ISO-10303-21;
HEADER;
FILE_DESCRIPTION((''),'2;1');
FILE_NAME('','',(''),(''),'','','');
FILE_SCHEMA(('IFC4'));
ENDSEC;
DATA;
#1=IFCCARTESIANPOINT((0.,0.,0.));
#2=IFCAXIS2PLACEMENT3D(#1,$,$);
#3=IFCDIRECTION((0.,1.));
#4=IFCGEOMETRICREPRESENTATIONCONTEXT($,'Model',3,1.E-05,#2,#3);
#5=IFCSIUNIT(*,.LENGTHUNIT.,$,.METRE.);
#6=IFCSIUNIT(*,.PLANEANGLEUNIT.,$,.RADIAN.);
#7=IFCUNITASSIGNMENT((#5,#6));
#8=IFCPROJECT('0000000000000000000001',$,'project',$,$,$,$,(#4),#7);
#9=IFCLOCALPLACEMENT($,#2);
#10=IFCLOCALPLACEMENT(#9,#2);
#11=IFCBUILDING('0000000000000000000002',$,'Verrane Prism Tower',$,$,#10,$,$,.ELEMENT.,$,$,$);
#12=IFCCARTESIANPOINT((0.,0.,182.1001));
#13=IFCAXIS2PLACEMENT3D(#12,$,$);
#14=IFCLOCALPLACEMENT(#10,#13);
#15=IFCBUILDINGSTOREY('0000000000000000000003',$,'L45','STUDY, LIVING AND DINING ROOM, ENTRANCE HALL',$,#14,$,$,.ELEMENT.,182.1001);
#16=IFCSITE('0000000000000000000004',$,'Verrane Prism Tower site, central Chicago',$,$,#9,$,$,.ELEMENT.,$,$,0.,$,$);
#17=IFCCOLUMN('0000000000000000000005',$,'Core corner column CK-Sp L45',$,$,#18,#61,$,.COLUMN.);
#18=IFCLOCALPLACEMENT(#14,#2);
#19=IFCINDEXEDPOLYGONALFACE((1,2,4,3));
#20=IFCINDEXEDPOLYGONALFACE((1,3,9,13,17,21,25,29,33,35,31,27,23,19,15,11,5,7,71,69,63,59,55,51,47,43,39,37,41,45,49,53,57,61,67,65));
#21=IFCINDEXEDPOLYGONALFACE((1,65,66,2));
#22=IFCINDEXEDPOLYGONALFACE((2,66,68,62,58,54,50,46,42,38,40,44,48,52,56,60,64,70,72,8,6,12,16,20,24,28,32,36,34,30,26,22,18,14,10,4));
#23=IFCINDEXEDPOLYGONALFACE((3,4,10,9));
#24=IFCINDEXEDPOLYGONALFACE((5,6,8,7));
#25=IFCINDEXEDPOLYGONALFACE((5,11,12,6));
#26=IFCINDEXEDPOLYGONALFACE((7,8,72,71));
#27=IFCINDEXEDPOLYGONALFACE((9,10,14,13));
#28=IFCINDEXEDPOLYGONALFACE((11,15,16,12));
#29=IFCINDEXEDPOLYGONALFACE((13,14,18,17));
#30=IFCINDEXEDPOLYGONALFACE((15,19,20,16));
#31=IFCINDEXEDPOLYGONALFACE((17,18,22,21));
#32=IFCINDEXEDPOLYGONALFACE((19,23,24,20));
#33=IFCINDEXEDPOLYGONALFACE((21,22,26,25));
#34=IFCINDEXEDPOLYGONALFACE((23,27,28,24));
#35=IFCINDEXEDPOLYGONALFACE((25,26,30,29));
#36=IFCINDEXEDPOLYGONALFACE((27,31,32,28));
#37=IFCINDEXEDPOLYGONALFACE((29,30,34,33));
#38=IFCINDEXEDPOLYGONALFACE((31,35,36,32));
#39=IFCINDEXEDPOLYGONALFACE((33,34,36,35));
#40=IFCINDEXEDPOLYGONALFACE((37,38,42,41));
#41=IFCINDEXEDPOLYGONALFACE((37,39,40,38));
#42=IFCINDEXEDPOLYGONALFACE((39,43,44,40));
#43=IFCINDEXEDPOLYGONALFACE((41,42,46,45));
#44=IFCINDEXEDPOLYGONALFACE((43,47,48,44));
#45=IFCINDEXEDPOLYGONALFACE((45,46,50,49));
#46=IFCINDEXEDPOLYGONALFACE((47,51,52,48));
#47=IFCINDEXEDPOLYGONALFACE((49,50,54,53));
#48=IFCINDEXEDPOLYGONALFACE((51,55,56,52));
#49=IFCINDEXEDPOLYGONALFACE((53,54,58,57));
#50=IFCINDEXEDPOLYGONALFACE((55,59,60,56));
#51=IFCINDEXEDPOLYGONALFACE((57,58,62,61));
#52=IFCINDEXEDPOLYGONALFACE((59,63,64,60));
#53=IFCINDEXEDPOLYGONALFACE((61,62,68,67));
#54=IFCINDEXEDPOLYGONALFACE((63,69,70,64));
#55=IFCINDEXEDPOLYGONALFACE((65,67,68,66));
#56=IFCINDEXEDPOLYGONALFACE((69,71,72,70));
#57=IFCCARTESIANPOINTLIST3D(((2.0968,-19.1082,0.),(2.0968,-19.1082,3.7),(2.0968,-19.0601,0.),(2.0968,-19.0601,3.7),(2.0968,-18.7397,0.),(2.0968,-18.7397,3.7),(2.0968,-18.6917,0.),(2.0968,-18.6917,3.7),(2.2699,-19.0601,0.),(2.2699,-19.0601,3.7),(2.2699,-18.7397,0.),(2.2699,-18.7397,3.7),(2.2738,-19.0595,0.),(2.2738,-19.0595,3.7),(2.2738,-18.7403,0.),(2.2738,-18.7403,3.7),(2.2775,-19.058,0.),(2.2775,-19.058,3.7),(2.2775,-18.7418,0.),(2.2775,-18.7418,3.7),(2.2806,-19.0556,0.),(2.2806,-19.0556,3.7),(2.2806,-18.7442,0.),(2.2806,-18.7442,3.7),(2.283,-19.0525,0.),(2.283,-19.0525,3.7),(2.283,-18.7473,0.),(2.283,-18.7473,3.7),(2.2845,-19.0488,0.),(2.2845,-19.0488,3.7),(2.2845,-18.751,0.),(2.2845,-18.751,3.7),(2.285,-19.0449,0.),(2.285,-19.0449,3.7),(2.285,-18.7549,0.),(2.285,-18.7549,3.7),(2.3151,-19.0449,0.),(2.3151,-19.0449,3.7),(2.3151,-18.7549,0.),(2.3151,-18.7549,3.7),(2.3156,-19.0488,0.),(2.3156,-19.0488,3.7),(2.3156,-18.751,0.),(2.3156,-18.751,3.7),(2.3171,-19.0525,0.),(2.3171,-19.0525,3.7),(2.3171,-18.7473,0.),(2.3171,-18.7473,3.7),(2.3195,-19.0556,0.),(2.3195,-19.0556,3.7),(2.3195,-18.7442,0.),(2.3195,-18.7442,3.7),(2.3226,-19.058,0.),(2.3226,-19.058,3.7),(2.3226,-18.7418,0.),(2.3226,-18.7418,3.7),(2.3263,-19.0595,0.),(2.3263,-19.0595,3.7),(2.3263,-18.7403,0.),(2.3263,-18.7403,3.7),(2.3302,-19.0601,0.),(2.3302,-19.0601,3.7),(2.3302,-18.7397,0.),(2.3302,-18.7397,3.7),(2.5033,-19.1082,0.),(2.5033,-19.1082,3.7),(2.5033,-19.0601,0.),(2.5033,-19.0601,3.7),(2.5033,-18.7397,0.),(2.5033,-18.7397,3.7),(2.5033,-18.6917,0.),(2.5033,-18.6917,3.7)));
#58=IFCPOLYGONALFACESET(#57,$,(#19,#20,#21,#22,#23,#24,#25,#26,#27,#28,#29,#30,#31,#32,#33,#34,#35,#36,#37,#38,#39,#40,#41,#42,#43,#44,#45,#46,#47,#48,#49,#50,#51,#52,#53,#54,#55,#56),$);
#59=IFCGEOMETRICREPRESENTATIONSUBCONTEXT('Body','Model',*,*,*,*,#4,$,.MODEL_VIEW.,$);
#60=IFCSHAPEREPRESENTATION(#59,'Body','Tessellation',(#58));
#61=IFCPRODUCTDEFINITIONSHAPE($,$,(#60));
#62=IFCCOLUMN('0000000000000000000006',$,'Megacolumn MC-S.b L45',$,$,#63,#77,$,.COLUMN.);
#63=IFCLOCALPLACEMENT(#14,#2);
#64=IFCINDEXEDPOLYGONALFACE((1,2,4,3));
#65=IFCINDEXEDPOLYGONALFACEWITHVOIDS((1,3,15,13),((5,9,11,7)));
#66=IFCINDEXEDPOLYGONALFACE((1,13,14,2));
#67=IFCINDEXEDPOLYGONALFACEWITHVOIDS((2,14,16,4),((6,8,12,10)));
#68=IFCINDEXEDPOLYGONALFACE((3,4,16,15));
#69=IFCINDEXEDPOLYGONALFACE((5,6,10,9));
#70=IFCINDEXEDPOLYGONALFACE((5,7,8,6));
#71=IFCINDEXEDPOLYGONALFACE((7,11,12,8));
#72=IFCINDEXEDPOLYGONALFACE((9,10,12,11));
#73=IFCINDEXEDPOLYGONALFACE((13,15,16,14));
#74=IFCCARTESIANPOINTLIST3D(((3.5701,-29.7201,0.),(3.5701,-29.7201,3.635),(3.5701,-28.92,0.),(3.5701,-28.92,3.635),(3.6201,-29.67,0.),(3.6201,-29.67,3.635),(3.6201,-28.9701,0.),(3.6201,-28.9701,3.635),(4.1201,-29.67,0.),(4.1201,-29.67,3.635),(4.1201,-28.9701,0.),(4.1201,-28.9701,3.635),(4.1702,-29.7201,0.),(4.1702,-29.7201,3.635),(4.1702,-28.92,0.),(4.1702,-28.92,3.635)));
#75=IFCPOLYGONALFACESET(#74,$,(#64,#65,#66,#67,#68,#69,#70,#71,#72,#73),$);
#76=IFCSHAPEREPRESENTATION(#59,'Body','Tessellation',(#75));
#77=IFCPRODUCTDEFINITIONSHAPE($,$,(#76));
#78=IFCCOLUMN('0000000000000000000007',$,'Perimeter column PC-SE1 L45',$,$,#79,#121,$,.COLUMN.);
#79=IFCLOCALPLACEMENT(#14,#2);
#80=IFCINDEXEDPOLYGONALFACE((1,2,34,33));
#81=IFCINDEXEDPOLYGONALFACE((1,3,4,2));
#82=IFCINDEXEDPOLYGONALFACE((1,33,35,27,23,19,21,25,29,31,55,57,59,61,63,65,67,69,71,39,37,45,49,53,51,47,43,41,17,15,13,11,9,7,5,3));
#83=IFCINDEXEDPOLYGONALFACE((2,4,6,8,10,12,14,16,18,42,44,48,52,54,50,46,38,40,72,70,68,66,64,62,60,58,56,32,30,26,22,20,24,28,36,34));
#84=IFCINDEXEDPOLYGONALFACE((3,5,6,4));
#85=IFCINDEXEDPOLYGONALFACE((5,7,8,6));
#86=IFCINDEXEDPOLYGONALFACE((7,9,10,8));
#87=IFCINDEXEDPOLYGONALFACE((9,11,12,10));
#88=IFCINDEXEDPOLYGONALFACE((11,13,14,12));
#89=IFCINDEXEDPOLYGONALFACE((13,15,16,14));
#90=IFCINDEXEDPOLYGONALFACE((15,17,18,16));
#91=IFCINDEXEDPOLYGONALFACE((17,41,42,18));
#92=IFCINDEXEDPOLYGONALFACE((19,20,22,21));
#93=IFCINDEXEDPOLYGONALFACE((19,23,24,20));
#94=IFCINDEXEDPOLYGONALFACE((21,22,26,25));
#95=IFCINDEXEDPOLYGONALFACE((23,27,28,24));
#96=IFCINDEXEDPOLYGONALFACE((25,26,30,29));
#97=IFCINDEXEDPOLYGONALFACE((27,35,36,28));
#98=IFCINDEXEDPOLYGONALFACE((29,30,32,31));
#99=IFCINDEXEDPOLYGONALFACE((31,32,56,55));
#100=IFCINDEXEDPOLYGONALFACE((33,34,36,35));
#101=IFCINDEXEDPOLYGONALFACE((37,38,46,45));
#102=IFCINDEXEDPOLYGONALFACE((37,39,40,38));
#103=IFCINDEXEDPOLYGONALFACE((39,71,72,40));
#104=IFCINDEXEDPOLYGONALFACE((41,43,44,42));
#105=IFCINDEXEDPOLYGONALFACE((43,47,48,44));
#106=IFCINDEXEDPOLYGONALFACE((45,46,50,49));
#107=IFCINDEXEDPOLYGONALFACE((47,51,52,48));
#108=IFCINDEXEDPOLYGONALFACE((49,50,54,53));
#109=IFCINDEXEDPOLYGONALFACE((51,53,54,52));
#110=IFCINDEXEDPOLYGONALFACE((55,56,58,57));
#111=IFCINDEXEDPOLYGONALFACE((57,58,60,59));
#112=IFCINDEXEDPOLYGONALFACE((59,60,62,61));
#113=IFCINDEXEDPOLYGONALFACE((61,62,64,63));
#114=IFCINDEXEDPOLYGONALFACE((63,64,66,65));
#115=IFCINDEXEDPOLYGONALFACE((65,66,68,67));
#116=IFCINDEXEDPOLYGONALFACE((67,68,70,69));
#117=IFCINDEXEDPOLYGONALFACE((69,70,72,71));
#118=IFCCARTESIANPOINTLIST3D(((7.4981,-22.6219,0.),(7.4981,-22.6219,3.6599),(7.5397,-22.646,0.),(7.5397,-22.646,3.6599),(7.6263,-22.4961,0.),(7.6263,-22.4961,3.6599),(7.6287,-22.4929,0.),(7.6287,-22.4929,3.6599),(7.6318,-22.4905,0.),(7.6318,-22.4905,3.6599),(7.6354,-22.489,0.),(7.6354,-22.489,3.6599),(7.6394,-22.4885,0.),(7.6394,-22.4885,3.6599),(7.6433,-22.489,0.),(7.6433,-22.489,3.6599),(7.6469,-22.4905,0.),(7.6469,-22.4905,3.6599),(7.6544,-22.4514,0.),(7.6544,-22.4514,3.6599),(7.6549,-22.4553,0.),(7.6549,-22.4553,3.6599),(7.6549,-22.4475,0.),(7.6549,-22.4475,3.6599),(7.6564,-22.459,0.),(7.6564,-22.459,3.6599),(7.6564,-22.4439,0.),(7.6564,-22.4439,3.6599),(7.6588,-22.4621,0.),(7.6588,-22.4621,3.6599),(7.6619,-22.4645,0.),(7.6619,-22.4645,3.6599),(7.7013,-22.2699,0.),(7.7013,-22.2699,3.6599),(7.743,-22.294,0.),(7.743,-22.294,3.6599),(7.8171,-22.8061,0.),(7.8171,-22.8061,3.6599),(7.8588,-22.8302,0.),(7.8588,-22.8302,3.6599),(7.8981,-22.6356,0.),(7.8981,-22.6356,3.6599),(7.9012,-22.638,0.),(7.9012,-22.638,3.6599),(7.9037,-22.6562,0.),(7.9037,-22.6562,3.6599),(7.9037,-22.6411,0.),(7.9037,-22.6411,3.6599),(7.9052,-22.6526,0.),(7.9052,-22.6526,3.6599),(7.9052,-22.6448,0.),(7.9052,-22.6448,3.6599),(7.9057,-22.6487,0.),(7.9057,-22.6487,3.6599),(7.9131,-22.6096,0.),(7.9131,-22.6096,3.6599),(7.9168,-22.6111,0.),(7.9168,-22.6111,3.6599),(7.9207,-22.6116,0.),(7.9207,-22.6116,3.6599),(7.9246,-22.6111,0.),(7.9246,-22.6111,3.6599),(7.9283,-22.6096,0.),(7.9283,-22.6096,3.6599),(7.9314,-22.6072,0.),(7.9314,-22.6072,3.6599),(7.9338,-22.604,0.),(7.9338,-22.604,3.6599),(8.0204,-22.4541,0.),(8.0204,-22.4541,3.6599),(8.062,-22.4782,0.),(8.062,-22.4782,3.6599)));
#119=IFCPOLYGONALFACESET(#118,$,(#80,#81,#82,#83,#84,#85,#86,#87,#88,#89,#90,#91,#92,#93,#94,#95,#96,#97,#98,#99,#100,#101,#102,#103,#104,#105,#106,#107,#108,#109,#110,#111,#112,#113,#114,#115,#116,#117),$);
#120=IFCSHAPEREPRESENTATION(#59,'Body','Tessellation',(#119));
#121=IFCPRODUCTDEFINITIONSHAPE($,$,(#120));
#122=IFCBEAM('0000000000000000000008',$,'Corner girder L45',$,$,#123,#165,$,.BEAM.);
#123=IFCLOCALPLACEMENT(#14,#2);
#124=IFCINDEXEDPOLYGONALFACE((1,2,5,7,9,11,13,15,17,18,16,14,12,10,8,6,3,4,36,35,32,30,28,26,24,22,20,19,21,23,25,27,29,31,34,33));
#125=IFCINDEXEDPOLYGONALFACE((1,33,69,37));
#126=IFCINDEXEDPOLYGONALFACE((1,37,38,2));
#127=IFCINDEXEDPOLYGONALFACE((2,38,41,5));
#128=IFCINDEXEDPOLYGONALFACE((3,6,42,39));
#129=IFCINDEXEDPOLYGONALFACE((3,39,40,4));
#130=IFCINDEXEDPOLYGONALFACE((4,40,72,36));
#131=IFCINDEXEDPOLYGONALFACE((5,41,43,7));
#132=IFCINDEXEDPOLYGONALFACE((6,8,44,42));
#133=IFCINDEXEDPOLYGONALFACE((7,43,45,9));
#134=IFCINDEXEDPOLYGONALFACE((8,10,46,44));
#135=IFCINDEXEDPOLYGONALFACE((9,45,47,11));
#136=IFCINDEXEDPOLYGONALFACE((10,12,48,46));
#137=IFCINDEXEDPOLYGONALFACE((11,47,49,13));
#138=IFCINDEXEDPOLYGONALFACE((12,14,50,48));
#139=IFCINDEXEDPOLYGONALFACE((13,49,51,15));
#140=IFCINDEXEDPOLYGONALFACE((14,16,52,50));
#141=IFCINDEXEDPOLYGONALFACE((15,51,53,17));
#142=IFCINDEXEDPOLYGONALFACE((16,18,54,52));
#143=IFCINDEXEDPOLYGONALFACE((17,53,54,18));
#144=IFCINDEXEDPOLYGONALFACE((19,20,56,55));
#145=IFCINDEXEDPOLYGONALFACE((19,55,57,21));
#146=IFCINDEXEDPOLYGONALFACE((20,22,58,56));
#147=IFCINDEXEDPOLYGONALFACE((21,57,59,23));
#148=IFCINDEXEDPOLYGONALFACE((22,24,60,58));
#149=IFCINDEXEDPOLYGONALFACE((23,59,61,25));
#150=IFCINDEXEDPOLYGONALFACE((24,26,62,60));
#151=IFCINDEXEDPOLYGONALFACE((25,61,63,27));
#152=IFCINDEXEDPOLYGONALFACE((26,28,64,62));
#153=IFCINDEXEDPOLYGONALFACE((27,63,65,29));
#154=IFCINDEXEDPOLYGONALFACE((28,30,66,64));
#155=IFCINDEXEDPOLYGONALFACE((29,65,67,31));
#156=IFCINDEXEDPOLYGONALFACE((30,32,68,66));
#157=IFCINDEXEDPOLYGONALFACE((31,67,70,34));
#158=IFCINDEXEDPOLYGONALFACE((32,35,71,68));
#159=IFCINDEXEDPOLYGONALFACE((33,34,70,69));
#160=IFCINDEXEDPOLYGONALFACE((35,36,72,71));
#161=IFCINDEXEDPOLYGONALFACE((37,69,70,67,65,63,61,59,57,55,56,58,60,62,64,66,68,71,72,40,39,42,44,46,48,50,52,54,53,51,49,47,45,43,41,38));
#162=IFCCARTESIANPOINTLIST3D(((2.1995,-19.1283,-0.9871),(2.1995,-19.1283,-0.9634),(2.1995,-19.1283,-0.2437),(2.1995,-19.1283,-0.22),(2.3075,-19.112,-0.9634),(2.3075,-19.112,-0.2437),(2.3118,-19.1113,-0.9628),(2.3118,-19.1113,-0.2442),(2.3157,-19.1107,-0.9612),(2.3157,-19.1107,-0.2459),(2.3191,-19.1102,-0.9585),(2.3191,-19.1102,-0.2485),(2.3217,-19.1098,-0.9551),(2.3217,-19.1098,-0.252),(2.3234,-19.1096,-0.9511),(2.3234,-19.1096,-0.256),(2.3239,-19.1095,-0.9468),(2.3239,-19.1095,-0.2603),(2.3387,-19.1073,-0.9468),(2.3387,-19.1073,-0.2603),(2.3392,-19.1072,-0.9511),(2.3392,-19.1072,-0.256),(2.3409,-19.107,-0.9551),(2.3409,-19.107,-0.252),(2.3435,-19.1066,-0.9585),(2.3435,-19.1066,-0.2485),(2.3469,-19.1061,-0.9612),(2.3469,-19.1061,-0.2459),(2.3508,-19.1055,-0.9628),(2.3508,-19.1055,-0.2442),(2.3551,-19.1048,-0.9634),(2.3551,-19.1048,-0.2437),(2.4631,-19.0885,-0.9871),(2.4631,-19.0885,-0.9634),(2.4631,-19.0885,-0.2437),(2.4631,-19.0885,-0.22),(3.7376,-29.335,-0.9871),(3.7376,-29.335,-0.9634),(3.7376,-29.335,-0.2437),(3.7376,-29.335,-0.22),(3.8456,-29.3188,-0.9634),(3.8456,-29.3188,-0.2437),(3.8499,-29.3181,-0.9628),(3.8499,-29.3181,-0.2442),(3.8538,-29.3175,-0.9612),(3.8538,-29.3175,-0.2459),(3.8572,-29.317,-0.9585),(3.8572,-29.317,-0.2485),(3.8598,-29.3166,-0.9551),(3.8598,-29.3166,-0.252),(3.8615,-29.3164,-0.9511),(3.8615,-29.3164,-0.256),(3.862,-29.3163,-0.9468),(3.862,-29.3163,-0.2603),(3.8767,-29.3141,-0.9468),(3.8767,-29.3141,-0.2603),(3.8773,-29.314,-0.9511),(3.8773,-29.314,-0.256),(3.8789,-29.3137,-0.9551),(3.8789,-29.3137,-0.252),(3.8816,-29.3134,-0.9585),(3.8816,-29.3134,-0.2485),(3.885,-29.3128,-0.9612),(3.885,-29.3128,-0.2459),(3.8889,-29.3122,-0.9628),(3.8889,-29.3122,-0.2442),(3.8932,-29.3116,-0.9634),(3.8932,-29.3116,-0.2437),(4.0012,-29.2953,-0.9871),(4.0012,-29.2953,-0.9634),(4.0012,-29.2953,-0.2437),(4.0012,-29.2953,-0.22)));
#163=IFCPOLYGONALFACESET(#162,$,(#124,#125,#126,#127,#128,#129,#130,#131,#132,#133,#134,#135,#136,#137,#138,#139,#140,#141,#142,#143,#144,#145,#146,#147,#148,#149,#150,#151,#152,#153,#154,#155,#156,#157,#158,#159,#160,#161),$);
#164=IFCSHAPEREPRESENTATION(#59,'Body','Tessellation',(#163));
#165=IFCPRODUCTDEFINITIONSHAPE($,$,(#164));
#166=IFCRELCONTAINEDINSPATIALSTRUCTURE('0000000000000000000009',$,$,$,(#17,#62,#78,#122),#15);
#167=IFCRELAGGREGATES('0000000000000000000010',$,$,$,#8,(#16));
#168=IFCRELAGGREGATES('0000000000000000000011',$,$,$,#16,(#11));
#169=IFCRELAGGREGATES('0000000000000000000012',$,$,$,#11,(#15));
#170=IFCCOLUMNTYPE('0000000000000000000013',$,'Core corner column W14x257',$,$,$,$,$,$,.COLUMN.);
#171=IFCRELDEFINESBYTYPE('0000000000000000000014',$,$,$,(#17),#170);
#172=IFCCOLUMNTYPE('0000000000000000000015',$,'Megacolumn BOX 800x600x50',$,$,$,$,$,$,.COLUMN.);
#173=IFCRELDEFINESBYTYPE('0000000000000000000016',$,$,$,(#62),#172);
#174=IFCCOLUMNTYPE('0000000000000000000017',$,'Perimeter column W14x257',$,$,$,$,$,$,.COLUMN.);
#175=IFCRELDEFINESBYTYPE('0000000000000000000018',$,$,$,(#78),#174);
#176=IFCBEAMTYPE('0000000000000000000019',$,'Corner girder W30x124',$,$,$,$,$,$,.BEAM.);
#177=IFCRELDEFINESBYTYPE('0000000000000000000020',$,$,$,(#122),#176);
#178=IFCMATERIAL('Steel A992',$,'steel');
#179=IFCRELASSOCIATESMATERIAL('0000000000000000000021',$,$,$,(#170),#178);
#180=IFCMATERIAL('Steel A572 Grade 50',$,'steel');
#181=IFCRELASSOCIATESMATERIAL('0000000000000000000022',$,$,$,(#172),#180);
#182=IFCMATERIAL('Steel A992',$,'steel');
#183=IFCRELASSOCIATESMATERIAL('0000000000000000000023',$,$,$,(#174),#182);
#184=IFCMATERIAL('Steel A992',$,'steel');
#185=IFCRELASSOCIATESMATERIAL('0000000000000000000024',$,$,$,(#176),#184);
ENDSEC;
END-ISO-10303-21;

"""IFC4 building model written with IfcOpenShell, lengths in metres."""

from ifc_helpers import new_model, si_unit, direction, frame, origin, origin_2d, place, context, subcontext, project, spatial, hollow_rectangle, i_section, extrude, material, material_profile, profile_set, type_object, element, save


model = new_model("IFC4")

# Units and contexts
model_context = context("Model", 3, precision=1e-05, world=origin(), true_north=direction((0.0, 1.0)))
body_context = subcontext(model_context, "Body", "Model", "MODEL_VIEW")
ifc_project = project(units=[si_unit("LENGTHUNIT", "METRE"), si_unit("PLANEANGLEUNIT", "RADIAN")], contexts=[model_context])

# Site, building, storey
site_placement = place(None, origin())
site = spatial("IfcSite", under=ifc_project, at=site_placement, Name="Verrane Prism Tower site, central Chicago", CompositionType="ELEMENT", RefElevation=0.0)
building_placement = place(site_placement, origin())
building = spatial("IfcBuilding", under=site, at=building_placement, Name="Verrane Prism Tower", CompositionType="ELEMENT")
storey_placement = place(building_placement, frame((0.0, 0.0, 182.1001)))
storey = spatial("IfcBuildingStorey", under=building, at=storey_placement, Name="L45", Description="STUDY, LIVING AND DINING ROOM, ENTRANCE HALL", CompositionType="ELEMENT", Elevation=182.1001)

# Columns
ifc_material_1 = material(Name="Steel A992", Category="steel")
ifc_material_profile_1 = material_profile(ifc_material_1, i_section(OverallWidth=0.4065, OverallDepth=0.4165, WebThickness=0.03, FlangeThickness=0.0481, FilletRadius=0.0151, at=origin_2d()), Name="W14x257")
ifc_profile_set_1 = profile_set([ifc_material_profile_1], Name="Steel A992")
column_type_1 = type_object("IfcColumnType", Name="Core corner column W14x257", PredefinedType="COLUMN", material=ifc_profile_set_1)
column_1_placement = place(storey_placement, frame((2.3, -18.8999, 0.0), z_axis=(0.0, 0.0, 1.0), x_axis=(-1.0, 0.0, 0.0)))
element("IfcColumn", 1, at=column_1_placement, inside=storey, type_object=column_type_1, Name="Core corner column CK-Sp L45", PredefinedType="COLUMN", context=body_context, shape_type="SweptSolid", body=[
    extrude(i_section(OverallWidth=0.4065, OverallDepth=0.4165, WebThickness=0.03, FlangeThickness=0.0481, FilletRadius=0.0151, at=origin_2d()), origin(), (0.0, 0.0, 1.0), 3.7),
])
ifc_material_2 = material(Name="Steel A572 Grade 50", Category="steel")
ifc_material_profile_2 = material_profile(ifc_material_2, hollow_rectangle(XDim=0.6001, YDim=0.8, WallThickness=0.05, at=origin_2d()), Name="BOX 800x600x50")
ifc_profile_set_2 = profile_set([ifc_material_profile_2], Name="Steel A572 Grade 50")
column_type_2 = type_object("IfcColumnType", Name="Megacolumn BOX 800x600x50", PredefinedType="COLUMN", material=ifc_profile_set_2)
column_2_placement = place(storey_placement, frame((3.8701, -29.3201, 0.0), z_axis=(0.0, 0.0, 1.0), x_axis=(-1.0, 0.0, 0.0)))
element("IfcColumn", 2, at=column_2_placement, inside=storey, type_object=column_type_2, Name="Megacolumn MC-S.b L45", PredefinedType="COLUMN", context=body_context, shape_type="SweptSolid", body=[
    extrude(hollow_rectangle(XDim=0.6001, YDim=0.8, WallThickness=0.05, at=origin_2d()), origin(), (0.0, 0.0, 1.0), 3.635),
])
ifc_material_3 = material(Name="Steel A992", Category="steel")
ifc_material_profile_3 = material_profile(ifc_material_3, i_section(OverallWidth=0.4065, OverallDepth=0.4165, WebThickness=0.03, FlangeThickness=0.0481, FilletRadius=0.0151, at=origin_2d()), Name="W14x257")
ifc_profile_set_3 = profile_set([ifc_material_profile_3], Name="Steel A992")
column_type_3 = type_object("IfcColumnType", Name="Perimeter column W14x257", PredefinedType="COLUMN", material=ifc_profile_set_3)
column_3_placement = place(storey_placement, frame((7.78, -22.55, 0.0), z_axis=(0.0, 0.0, 1.0), x_axis=(-0.5, -0.866025, 0.0)))
element("IfcColumn", 3, at=column_3_placement, inside=storey, type_object=column_type_3, Name="Perimeter column PC-SE1 L45", PredefinedType="COLUMN", context=body_context, shape_type="SweptSolid", body=[
    extrude(i_section(OverallWidth=0.4065, OverallDepth=0.4165, WebThickness=0.03, FlangeThickness=0.0481, FilletRadius=0.0151, at=origin_2d()), origin(), (0.0, 0.0, 1.0), 3.6599),
])

# Beam
ifc_material_4 = material(Name="Steel A992", Category="steel")
ifc_material_profile_4 = material_profile(ifc_material_4, i_section(OverallWidth=0.2666, OverallDepth=0.7671, WebThickness=0.0149, FlangeThickness=0.0237, FilletRadius=0.0166, at=origin_2d()), Name="W30x124")
ifc_profile_set_4 = profile_set([ifc_material_profile_4], Name="Steel A992")
beam_type_1 = type_object("IfcBeamType", Name="Corner girder W30x124", PredefinedType="BEAM", material=ifc_profile_set_4)
beam_1_placement = place(storey_placement, frame((3.8694, -29.3152, -0.6035), z_axis=(-0.14901, 0.988836, 0.0), x_axis=(-0.988836, -0.14901, 0.0)))
element("IfcBeam", 4, at=beam_1_placement, inside=storey, type_object=beam_type_1, Name="Corner girder L45", PredefinedType="BEAM", context=body_context, shape_type="SweptSolid", body=[
    extrude(i_section(OverallWidth=0.2666, OverallDepth=0.7671, WebThickness=0.0149, FlangeThickness=0.0237, FilletRadius=0.0166, at=origin_2d()), origin(), (0.0, 0.0, 1.0), 10.322),
])

save(model, "model.ifc")
